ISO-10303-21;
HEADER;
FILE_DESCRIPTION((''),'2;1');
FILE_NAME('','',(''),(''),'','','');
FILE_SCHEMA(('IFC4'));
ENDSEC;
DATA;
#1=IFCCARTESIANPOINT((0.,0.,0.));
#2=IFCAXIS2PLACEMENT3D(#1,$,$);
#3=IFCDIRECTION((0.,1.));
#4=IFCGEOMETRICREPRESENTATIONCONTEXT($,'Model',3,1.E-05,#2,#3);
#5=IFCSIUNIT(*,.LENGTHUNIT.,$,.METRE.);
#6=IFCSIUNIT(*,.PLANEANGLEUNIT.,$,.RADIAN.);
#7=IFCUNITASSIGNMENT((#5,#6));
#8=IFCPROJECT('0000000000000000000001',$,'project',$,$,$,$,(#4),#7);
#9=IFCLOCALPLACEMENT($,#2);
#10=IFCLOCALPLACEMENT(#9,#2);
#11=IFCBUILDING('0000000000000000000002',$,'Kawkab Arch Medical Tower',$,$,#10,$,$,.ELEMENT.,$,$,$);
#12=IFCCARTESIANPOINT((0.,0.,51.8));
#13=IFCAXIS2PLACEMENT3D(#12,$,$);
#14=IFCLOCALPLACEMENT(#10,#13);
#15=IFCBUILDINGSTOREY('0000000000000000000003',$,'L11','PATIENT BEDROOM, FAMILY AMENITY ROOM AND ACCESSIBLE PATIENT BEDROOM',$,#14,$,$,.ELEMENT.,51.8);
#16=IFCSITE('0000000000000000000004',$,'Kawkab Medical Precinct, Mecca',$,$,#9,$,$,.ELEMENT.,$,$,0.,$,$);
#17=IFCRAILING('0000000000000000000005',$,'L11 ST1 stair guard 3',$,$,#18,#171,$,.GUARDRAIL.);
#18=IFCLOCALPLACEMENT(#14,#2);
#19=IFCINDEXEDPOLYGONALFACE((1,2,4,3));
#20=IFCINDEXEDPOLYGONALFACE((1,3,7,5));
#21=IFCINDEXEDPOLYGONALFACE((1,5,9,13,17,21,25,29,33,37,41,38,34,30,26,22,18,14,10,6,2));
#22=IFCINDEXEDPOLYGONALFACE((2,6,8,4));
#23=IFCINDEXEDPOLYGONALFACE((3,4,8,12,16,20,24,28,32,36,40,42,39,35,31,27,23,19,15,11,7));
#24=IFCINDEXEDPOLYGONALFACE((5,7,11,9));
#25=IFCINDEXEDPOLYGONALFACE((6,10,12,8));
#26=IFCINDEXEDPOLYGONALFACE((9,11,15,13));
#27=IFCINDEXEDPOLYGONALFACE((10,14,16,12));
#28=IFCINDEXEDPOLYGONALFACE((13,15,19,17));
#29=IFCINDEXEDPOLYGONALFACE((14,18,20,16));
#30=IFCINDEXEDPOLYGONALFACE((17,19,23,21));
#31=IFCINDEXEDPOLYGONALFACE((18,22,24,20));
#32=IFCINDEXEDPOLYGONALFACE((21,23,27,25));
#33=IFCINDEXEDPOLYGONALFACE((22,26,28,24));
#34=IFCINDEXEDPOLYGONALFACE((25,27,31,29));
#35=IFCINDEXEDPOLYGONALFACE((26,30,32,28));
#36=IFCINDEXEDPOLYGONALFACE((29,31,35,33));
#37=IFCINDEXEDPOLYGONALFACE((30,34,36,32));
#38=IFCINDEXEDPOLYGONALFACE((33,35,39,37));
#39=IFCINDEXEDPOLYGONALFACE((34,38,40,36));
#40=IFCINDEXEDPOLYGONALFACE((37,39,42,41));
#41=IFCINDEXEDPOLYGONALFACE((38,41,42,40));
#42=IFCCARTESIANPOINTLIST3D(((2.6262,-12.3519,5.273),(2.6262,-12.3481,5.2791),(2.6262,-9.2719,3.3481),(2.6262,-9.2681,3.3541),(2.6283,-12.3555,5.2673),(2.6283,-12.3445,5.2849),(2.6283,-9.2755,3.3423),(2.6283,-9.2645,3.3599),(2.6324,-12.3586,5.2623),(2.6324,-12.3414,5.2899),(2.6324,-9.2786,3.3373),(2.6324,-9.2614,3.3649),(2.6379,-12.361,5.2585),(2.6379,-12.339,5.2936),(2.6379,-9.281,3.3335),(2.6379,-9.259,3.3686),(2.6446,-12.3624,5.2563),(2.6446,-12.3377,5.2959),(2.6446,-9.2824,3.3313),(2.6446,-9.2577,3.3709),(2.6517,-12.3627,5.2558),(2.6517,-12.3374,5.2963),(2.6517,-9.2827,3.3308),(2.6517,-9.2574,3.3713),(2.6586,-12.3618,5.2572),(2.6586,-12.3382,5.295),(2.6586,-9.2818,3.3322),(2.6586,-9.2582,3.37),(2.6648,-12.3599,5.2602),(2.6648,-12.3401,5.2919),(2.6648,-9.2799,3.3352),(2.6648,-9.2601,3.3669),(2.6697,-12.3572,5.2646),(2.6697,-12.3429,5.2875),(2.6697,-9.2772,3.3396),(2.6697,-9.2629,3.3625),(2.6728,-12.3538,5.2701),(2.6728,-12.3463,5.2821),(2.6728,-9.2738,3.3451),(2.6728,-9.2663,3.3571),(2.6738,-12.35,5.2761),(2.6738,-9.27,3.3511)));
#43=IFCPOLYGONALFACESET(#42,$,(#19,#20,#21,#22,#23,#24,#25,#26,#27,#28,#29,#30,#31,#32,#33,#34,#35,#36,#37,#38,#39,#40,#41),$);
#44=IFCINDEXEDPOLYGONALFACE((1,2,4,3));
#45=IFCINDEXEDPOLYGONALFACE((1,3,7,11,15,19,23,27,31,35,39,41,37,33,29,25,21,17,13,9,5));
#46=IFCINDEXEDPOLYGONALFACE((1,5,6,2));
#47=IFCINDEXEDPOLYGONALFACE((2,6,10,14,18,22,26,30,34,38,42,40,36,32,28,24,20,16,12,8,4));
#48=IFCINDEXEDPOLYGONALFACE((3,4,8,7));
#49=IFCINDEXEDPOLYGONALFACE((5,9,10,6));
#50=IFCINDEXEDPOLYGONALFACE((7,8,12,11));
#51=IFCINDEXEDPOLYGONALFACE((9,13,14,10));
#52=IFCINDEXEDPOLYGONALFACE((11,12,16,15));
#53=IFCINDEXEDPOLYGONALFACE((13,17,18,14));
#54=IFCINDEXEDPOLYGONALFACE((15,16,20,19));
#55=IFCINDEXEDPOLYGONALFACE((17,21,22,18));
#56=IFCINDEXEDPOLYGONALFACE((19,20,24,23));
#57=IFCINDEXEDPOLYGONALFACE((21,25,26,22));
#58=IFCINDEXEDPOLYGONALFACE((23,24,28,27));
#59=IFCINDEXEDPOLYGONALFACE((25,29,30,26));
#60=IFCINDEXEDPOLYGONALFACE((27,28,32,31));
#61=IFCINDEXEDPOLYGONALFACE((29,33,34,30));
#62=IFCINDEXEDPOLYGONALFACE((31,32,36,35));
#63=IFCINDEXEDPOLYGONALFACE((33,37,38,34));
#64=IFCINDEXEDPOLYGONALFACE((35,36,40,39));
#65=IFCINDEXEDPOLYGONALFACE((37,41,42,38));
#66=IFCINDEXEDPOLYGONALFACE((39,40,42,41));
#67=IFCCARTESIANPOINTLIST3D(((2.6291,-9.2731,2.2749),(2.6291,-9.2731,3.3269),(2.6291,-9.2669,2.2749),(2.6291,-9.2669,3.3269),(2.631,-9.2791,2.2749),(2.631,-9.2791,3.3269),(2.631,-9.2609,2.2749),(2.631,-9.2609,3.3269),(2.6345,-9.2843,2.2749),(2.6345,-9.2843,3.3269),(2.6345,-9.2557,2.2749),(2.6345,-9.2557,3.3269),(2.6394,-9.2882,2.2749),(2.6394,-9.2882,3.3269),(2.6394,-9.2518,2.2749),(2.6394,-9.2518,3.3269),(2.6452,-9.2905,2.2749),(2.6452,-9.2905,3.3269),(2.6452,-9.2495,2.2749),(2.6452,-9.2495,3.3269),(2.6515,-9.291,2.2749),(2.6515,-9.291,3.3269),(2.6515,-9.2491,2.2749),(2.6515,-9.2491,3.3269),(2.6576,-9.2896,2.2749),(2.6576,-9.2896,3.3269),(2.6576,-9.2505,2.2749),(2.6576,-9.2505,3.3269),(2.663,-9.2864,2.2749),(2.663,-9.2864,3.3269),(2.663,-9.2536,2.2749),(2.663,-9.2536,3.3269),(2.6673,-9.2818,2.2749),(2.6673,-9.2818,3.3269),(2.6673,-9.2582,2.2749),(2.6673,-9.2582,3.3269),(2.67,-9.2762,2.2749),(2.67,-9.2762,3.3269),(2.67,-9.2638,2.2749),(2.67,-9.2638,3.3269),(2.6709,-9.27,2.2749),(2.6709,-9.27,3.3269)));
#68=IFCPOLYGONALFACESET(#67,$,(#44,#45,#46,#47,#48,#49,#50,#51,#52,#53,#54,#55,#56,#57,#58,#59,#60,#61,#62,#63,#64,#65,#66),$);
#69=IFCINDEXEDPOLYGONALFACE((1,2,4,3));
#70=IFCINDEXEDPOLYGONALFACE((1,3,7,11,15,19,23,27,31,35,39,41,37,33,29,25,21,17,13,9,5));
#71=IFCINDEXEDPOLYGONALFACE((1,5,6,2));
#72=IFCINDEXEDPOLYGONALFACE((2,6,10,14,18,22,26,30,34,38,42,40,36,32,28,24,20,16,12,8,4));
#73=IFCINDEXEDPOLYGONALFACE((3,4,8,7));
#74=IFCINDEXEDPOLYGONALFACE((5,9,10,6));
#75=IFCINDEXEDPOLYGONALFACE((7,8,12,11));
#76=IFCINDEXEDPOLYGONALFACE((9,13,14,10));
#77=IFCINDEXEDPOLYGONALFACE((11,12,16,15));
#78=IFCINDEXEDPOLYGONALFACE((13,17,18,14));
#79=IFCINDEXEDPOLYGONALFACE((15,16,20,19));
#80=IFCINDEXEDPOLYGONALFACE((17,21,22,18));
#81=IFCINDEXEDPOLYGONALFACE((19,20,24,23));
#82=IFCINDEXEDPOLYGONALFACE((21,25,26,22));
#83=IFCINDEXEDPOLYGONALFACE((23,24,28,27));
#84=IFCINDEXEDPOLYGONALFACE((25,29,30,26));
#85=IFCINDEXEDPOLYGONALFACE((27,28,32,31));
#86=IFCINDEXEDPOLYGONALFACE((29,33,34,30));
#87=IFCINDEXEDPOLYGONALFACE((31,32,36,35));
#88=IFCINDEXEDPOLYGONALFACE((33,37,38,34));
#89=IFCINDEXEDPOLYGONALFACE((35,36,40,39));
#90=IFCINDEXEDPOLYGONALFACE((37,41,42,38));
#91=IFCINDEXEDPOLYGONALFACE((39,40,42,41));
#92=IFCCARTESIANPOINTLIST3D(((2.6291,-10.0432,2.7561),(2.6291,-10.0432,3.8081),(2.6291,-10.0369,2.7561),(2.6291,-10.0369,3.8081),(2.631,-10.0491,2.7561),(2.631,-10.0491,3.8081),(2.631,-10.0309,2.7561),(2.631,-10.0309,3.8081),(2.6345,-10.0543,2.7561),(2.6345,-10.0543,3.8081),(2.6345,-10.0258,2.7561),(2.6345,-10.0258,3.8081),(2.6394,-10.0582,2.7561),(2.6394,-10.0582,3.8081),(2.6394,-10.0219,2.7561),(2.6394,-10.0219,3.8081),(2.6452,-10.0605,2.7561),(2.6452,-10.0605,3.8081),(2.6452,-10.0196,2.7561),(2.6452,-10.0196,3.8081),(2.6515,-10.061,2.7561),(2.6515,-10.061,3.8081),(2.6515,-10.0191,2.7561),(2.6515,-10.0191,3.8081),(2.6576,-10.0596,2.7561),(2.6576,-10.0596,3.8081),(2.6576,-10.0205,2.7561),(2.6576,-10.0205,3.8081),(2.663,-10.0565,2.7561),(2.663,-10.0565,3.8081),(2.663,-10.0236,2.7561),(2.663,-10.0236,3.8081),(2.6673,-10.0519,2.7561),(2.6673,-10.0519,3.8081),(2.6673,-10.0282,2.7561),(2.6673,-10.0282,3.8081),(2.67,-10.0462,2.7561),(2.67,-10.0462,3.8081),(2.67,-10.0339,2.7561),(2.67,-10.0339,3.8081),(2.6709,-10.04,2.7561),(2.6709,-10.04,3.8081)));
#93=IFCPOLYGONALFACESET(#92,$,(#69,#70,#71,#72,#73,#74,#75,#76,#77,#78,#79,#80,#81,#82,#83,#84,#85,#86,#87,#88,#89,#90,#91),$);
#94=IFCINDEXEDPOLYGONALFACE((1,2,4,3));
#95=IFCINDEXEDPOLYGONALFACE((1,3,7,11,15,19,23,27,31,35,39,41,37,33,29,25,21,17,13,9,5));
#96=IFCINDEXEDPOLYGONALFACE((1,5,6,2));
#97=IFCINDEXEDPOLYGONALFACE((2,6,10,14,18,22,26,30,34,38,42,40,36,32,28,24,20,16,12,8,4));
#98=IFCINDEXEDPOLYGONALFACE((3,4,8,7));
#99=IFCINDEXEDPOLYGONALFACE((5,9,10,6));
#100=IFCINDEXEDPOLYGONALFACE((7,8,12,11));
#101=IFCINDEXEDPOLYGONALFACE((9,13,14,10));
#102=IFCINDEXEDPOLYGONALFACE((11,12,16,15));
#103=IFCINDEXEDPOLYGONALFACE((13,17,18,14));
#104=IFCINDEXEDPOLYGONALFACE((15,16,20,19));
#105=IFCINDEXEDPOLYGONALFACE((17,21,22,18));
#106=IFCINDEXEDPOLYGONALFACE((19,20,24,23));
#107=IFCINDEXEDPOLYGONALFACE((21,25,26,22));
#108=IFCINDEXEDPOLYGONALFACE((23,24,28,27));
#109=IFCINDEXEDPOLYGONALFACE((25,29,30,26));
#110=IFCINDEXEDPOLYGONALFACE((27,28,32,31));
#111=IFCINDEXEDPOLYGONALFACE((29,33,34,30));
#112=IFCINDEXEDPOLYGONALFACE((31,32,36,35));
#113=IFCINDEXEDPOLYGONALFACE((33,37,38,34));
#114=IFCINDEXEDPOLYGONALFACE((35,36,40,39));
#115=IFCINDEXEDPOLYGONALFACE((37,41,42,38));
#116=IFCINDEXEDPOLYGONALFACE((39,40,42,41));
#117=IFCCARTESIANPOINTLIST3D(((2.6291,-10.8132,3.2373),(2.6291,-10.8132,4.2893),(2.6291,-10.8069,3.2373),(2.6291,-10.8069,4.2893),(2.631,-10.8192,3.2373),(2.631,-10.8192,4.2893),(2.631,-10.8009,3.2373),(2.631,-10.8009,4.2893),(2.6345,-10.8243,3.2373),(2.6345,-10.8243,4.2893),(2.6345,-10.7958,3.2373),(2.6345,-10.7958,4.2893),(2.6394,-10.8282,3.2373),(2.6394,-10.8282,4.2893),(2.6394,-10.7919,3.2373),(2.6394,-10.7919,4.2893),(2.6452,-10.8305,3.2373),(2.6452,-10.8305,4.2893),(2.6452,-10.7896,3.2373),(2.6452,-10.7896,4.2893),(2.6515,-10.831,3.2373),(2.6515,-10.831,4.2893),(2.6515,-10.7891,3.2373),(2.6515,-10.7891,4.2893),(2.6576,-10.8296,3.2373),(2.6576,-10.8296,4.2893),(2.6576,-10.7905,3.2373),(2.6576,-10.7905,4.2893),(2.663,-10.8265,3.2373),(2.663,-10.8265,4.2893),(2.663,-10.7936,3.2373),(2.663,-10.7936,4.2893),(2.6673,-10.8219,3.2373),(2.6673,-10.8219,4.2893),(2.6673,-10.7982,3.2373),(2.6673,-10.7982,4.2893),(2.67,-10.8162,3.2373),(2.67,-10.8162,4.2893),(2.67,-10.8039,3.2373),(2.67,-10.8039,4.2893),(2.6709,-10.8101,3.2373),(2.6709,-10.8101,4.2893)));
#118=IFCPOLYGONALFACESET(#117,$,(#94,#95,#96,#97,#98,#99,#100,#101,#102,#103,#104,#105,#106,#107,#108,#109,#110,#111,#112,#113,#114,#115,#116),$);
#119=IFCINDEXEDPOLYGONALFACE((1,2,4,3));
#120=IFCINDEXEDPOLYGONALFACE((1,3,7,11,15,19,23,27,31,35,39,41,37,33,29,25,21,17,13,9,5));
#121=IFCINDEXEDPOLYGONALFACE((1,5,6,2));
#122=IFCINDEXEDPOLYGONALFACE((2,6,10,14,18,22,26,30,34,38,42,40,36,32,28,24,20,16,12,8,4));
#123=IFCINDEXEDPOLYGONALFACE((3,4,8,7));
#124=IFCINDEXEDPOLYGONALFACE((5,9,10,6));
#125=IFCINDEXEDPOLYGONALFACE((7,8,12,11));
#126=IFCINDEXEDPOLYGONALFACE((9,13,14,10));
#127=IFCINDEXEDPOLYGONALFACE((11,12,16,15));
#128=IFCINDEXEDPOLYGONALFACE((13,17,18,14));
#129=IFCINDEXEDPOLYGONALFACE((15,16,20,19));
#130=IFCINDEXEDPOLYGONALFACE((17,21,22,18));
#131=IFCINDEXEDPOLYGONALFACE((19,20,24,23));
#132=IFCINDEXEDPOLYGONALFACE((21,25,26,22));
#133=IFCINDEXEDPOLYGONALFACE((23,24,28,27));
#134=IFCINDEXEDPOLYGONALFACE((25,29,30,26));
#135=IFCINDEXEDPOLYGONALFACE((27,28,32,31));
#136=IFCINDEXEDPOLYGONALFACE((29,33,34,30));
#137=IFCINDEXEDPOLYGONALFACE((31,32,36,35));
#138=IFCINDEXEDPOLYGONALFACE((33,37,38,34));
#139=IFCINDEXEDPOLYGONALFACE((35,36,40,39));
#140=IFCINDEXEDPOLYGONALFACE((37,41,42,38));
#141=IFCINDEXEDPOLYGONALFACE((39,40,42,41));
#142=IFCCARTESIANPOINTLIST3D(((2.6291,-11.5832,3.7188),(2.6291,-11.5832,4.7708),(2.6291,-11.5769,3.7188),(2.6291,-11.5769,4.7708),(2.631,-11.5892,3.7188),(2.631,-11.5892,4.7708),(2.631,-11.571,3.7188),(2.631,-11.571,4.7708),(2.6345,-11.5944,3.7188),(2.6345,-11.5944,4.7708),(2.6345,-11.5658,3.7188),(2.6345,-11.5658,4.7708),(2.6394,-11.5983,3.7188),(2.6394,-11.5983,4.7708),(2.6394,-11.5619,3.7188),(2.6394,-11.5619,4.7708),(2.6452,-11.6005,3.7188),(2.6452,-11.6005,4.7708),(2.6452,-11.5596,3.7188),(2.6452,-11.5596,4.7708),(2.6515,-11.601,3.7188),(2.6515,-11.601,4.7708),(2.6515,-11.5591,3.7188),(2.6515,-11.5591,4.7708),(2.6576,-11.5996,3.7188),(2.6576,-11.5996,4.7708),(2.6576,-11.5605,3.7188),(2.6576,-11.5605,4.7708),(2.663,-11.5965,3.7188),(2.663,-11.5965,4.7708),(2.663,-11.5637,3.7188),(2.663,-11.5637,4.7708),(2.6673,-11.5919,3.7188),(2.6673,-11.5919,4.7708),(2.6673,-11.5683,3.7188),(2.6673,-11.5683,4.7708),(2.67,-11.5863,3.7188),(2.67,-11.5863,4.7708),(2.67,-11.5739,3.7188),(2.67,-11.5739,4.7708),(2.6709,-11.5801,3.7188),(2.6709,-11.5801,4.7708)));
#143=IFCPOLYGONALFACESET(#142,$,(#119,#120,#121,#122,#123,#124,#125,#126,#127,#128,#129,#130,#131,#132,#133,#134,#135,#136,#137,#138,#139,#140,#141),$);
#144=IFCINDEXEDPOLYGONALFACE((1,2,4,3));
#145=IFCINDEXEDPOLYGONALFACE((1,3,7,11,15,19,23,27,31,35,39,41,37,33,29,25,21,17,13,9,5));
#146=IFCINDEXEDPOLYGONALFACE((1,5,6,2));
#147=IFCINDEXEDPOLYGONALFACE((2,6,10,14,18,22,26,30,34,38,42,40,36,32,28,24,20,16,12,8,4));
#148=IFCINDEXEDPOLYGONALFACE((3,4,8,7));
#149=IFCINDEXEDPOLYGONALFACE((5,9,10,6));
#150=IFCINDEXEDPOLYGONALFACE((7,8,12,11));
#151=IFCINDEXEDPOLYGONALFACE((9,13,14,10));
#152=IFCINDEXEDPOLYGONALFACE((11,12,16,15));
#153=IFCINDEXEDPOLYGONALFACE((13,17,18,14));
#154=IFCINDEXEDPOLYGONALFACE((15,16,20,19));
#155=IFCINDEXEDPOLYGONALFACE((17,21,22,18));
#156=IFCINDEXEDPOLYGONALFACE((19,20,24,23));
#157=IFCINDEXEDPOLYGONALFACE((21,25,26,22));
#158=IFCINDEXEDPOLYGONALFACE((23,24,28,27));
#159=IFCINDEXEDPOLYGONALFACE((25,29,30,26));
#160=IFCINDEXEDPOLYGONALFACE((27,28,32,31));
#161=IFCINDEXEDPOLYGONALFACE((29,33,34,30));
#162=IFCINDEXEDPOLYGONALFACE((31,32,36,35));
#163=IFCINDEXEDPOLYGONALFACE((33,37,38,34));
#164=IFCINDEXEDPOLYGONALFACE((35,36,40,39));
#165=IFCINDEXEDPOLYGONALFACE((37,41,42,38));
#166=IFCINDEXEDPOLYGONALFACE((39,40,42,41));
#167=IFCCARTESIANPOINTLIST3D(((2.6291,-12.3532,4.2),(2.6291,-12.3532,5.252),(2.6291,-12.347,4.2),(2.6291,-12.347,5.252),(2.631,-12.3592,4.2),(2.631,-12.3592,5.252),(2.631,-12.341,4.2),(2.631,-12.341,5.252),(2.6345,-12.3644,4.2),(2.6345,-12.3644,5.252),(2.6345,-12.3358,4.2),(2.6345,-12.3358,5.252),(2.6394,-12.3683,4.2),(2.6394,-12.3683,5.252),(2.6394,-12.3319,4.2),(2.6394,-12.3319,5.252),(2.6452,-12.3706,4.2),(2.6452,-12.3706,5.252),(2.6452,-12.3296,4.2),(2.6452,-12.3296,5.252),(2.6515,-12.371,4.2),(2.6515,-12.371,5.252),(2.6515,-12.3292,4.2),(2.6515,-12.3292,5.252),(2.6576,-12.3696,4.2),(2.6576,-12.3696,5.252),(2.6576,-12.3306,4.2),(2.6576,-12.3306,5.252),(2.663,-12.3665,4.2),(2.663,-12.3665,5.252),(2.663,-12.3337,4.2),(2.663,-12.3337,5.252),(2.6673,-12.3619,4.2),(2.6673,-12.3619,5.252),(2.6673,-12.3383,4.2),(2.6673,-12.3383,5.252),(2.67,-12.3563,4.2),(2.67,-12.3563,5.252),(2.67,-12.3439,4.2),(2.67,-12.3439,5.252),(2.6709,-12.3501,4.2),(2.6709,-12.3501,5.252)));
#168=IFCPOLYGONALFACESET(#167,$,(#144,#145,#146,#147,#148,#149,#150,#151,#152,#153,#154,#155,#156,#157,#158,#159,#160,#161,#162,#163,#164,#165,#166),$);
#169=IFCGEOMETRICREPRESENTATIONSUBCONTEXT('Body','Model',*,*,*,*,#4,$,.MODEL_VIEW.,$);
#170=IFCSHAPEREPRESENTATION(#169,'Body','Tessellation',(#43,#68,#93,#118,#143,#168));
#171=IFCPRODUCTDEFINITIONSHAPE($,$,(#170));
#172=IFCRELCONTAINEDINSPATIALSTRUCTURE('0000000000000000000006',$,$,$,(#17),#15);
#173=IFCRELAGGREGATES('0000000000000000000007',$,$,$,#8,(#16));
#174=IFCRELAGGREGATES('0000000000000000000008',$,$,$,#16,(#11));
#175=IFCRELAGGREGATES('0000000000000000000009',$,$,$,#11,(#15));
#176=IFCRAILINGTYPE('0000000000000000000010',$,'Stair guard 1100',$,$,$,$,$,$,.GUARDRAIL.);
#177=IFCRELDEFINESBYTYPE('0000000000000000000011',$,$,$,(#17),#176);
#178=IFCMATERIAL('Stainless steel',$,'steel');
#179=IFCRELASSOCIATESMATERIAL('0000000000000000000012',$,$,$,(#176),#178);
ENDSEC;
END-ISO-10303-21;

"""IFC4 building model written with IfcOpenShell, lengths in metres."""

from ifc_helpers import new_model, si_unit, direction, frame, origin, origin_2d, place, context, subcontext, project, spatial, circle, extrude, material, type_object, element, save


model = new_model("IFC4")

# Units and contexts
model_context = context("Model", 3, precision=1e-05, world=origin(), true_north=direction((0.0, 1.0)))
body_context = subcontext(model_context, "Body", "Model", "MODEL_VIEW")
ifc_project = project(units=[si_unit("LENGTHUNIT", "METRE"), si_unit("PLANEANGLEUNIT", "RADIAN")], contexts=[model_context])

# Site, building, storey
site_placement = place(None, origin())
site = spatial("IfcSite", under=ifc_project, at=site_placement, Name="Kawkab Medical Precinct, Mecca", CompositionType="ELEMENT", RefElevation=0.0)
building_placement = place(site_placement, origin())
building = spatial("IfcBuilding", under=site, at=building_placement, Name="Kawkab Arch Medical Tower", CompositionType="ELEMENT")
storey_placement = place(building_placement, frame((0.0, 0.0, 51.8)))
storey = spatial("IfcBuildingStorey", under=building, at=storey_placement, Name="L11", Description="PATIENT BEDROOM, FAMILY AMENITY ROOM AND ACCESSIBLE PATIENT BEDROOM", CompositionType="ELEMENT", Elevation=51.8)

# Railing
ifc_material_1 = material(Name="Stainless steel", Category="steel")
railing_type = type_object("IfcRailingType", Name="Stair guard 1100", PredefinedType="GUARDRAIL", material=ifc_material_1)
railing_1_placement = place(storey_placement, frame((2.6499, -9.27, 2.2749)))
element("IfcRailing", 1, at=railing_1_placement, inside=storey, type_object=railing_type, Name="L11 ST1 stair guard 3", PredefinedType="GUARDRAIL", context=body_context, shape_type="SweptSolid", body=[
    extrude(circle(Radius=0.0239, at=origin_2d()), frame((0.0, 0.0, 1.0762), z_axis=(0.0, -0.847998, 0.529999), x_axis=(1.0, 0.0, 0.0)), (0.0, 0.0, 1.0), 3.6321),
    extrude(circle(Radius=0.021, at=origin_2d()), origin(), (0.0, 0.0, 1.0), 1.052),
    extrude(circle(Radius=0.021, at=origin_2d()), frame((0.0, -0.77, 0.4812)), (0.0, 0.0, 1.0), 1.052),
    extrude(circle(Radius=0.021, at=origin_2d()), frame((0.0, -1.54, 0.9624)), (0.0, 0.0, 1.0), 1.052),
    extrude(circle(Radius=0.021, at=origin_2d()), frame((0.0, -2.3101, 1.4438)), (0.0, 0.0, 1.0), 1.052),
    extrude(circle(Radius=0.021, at=origin_2d()), frame((0.0, -3.0801, 1.925)), (0.0, 0.0, 1.0), 1.052),
])

save(model, "model.ifc")
